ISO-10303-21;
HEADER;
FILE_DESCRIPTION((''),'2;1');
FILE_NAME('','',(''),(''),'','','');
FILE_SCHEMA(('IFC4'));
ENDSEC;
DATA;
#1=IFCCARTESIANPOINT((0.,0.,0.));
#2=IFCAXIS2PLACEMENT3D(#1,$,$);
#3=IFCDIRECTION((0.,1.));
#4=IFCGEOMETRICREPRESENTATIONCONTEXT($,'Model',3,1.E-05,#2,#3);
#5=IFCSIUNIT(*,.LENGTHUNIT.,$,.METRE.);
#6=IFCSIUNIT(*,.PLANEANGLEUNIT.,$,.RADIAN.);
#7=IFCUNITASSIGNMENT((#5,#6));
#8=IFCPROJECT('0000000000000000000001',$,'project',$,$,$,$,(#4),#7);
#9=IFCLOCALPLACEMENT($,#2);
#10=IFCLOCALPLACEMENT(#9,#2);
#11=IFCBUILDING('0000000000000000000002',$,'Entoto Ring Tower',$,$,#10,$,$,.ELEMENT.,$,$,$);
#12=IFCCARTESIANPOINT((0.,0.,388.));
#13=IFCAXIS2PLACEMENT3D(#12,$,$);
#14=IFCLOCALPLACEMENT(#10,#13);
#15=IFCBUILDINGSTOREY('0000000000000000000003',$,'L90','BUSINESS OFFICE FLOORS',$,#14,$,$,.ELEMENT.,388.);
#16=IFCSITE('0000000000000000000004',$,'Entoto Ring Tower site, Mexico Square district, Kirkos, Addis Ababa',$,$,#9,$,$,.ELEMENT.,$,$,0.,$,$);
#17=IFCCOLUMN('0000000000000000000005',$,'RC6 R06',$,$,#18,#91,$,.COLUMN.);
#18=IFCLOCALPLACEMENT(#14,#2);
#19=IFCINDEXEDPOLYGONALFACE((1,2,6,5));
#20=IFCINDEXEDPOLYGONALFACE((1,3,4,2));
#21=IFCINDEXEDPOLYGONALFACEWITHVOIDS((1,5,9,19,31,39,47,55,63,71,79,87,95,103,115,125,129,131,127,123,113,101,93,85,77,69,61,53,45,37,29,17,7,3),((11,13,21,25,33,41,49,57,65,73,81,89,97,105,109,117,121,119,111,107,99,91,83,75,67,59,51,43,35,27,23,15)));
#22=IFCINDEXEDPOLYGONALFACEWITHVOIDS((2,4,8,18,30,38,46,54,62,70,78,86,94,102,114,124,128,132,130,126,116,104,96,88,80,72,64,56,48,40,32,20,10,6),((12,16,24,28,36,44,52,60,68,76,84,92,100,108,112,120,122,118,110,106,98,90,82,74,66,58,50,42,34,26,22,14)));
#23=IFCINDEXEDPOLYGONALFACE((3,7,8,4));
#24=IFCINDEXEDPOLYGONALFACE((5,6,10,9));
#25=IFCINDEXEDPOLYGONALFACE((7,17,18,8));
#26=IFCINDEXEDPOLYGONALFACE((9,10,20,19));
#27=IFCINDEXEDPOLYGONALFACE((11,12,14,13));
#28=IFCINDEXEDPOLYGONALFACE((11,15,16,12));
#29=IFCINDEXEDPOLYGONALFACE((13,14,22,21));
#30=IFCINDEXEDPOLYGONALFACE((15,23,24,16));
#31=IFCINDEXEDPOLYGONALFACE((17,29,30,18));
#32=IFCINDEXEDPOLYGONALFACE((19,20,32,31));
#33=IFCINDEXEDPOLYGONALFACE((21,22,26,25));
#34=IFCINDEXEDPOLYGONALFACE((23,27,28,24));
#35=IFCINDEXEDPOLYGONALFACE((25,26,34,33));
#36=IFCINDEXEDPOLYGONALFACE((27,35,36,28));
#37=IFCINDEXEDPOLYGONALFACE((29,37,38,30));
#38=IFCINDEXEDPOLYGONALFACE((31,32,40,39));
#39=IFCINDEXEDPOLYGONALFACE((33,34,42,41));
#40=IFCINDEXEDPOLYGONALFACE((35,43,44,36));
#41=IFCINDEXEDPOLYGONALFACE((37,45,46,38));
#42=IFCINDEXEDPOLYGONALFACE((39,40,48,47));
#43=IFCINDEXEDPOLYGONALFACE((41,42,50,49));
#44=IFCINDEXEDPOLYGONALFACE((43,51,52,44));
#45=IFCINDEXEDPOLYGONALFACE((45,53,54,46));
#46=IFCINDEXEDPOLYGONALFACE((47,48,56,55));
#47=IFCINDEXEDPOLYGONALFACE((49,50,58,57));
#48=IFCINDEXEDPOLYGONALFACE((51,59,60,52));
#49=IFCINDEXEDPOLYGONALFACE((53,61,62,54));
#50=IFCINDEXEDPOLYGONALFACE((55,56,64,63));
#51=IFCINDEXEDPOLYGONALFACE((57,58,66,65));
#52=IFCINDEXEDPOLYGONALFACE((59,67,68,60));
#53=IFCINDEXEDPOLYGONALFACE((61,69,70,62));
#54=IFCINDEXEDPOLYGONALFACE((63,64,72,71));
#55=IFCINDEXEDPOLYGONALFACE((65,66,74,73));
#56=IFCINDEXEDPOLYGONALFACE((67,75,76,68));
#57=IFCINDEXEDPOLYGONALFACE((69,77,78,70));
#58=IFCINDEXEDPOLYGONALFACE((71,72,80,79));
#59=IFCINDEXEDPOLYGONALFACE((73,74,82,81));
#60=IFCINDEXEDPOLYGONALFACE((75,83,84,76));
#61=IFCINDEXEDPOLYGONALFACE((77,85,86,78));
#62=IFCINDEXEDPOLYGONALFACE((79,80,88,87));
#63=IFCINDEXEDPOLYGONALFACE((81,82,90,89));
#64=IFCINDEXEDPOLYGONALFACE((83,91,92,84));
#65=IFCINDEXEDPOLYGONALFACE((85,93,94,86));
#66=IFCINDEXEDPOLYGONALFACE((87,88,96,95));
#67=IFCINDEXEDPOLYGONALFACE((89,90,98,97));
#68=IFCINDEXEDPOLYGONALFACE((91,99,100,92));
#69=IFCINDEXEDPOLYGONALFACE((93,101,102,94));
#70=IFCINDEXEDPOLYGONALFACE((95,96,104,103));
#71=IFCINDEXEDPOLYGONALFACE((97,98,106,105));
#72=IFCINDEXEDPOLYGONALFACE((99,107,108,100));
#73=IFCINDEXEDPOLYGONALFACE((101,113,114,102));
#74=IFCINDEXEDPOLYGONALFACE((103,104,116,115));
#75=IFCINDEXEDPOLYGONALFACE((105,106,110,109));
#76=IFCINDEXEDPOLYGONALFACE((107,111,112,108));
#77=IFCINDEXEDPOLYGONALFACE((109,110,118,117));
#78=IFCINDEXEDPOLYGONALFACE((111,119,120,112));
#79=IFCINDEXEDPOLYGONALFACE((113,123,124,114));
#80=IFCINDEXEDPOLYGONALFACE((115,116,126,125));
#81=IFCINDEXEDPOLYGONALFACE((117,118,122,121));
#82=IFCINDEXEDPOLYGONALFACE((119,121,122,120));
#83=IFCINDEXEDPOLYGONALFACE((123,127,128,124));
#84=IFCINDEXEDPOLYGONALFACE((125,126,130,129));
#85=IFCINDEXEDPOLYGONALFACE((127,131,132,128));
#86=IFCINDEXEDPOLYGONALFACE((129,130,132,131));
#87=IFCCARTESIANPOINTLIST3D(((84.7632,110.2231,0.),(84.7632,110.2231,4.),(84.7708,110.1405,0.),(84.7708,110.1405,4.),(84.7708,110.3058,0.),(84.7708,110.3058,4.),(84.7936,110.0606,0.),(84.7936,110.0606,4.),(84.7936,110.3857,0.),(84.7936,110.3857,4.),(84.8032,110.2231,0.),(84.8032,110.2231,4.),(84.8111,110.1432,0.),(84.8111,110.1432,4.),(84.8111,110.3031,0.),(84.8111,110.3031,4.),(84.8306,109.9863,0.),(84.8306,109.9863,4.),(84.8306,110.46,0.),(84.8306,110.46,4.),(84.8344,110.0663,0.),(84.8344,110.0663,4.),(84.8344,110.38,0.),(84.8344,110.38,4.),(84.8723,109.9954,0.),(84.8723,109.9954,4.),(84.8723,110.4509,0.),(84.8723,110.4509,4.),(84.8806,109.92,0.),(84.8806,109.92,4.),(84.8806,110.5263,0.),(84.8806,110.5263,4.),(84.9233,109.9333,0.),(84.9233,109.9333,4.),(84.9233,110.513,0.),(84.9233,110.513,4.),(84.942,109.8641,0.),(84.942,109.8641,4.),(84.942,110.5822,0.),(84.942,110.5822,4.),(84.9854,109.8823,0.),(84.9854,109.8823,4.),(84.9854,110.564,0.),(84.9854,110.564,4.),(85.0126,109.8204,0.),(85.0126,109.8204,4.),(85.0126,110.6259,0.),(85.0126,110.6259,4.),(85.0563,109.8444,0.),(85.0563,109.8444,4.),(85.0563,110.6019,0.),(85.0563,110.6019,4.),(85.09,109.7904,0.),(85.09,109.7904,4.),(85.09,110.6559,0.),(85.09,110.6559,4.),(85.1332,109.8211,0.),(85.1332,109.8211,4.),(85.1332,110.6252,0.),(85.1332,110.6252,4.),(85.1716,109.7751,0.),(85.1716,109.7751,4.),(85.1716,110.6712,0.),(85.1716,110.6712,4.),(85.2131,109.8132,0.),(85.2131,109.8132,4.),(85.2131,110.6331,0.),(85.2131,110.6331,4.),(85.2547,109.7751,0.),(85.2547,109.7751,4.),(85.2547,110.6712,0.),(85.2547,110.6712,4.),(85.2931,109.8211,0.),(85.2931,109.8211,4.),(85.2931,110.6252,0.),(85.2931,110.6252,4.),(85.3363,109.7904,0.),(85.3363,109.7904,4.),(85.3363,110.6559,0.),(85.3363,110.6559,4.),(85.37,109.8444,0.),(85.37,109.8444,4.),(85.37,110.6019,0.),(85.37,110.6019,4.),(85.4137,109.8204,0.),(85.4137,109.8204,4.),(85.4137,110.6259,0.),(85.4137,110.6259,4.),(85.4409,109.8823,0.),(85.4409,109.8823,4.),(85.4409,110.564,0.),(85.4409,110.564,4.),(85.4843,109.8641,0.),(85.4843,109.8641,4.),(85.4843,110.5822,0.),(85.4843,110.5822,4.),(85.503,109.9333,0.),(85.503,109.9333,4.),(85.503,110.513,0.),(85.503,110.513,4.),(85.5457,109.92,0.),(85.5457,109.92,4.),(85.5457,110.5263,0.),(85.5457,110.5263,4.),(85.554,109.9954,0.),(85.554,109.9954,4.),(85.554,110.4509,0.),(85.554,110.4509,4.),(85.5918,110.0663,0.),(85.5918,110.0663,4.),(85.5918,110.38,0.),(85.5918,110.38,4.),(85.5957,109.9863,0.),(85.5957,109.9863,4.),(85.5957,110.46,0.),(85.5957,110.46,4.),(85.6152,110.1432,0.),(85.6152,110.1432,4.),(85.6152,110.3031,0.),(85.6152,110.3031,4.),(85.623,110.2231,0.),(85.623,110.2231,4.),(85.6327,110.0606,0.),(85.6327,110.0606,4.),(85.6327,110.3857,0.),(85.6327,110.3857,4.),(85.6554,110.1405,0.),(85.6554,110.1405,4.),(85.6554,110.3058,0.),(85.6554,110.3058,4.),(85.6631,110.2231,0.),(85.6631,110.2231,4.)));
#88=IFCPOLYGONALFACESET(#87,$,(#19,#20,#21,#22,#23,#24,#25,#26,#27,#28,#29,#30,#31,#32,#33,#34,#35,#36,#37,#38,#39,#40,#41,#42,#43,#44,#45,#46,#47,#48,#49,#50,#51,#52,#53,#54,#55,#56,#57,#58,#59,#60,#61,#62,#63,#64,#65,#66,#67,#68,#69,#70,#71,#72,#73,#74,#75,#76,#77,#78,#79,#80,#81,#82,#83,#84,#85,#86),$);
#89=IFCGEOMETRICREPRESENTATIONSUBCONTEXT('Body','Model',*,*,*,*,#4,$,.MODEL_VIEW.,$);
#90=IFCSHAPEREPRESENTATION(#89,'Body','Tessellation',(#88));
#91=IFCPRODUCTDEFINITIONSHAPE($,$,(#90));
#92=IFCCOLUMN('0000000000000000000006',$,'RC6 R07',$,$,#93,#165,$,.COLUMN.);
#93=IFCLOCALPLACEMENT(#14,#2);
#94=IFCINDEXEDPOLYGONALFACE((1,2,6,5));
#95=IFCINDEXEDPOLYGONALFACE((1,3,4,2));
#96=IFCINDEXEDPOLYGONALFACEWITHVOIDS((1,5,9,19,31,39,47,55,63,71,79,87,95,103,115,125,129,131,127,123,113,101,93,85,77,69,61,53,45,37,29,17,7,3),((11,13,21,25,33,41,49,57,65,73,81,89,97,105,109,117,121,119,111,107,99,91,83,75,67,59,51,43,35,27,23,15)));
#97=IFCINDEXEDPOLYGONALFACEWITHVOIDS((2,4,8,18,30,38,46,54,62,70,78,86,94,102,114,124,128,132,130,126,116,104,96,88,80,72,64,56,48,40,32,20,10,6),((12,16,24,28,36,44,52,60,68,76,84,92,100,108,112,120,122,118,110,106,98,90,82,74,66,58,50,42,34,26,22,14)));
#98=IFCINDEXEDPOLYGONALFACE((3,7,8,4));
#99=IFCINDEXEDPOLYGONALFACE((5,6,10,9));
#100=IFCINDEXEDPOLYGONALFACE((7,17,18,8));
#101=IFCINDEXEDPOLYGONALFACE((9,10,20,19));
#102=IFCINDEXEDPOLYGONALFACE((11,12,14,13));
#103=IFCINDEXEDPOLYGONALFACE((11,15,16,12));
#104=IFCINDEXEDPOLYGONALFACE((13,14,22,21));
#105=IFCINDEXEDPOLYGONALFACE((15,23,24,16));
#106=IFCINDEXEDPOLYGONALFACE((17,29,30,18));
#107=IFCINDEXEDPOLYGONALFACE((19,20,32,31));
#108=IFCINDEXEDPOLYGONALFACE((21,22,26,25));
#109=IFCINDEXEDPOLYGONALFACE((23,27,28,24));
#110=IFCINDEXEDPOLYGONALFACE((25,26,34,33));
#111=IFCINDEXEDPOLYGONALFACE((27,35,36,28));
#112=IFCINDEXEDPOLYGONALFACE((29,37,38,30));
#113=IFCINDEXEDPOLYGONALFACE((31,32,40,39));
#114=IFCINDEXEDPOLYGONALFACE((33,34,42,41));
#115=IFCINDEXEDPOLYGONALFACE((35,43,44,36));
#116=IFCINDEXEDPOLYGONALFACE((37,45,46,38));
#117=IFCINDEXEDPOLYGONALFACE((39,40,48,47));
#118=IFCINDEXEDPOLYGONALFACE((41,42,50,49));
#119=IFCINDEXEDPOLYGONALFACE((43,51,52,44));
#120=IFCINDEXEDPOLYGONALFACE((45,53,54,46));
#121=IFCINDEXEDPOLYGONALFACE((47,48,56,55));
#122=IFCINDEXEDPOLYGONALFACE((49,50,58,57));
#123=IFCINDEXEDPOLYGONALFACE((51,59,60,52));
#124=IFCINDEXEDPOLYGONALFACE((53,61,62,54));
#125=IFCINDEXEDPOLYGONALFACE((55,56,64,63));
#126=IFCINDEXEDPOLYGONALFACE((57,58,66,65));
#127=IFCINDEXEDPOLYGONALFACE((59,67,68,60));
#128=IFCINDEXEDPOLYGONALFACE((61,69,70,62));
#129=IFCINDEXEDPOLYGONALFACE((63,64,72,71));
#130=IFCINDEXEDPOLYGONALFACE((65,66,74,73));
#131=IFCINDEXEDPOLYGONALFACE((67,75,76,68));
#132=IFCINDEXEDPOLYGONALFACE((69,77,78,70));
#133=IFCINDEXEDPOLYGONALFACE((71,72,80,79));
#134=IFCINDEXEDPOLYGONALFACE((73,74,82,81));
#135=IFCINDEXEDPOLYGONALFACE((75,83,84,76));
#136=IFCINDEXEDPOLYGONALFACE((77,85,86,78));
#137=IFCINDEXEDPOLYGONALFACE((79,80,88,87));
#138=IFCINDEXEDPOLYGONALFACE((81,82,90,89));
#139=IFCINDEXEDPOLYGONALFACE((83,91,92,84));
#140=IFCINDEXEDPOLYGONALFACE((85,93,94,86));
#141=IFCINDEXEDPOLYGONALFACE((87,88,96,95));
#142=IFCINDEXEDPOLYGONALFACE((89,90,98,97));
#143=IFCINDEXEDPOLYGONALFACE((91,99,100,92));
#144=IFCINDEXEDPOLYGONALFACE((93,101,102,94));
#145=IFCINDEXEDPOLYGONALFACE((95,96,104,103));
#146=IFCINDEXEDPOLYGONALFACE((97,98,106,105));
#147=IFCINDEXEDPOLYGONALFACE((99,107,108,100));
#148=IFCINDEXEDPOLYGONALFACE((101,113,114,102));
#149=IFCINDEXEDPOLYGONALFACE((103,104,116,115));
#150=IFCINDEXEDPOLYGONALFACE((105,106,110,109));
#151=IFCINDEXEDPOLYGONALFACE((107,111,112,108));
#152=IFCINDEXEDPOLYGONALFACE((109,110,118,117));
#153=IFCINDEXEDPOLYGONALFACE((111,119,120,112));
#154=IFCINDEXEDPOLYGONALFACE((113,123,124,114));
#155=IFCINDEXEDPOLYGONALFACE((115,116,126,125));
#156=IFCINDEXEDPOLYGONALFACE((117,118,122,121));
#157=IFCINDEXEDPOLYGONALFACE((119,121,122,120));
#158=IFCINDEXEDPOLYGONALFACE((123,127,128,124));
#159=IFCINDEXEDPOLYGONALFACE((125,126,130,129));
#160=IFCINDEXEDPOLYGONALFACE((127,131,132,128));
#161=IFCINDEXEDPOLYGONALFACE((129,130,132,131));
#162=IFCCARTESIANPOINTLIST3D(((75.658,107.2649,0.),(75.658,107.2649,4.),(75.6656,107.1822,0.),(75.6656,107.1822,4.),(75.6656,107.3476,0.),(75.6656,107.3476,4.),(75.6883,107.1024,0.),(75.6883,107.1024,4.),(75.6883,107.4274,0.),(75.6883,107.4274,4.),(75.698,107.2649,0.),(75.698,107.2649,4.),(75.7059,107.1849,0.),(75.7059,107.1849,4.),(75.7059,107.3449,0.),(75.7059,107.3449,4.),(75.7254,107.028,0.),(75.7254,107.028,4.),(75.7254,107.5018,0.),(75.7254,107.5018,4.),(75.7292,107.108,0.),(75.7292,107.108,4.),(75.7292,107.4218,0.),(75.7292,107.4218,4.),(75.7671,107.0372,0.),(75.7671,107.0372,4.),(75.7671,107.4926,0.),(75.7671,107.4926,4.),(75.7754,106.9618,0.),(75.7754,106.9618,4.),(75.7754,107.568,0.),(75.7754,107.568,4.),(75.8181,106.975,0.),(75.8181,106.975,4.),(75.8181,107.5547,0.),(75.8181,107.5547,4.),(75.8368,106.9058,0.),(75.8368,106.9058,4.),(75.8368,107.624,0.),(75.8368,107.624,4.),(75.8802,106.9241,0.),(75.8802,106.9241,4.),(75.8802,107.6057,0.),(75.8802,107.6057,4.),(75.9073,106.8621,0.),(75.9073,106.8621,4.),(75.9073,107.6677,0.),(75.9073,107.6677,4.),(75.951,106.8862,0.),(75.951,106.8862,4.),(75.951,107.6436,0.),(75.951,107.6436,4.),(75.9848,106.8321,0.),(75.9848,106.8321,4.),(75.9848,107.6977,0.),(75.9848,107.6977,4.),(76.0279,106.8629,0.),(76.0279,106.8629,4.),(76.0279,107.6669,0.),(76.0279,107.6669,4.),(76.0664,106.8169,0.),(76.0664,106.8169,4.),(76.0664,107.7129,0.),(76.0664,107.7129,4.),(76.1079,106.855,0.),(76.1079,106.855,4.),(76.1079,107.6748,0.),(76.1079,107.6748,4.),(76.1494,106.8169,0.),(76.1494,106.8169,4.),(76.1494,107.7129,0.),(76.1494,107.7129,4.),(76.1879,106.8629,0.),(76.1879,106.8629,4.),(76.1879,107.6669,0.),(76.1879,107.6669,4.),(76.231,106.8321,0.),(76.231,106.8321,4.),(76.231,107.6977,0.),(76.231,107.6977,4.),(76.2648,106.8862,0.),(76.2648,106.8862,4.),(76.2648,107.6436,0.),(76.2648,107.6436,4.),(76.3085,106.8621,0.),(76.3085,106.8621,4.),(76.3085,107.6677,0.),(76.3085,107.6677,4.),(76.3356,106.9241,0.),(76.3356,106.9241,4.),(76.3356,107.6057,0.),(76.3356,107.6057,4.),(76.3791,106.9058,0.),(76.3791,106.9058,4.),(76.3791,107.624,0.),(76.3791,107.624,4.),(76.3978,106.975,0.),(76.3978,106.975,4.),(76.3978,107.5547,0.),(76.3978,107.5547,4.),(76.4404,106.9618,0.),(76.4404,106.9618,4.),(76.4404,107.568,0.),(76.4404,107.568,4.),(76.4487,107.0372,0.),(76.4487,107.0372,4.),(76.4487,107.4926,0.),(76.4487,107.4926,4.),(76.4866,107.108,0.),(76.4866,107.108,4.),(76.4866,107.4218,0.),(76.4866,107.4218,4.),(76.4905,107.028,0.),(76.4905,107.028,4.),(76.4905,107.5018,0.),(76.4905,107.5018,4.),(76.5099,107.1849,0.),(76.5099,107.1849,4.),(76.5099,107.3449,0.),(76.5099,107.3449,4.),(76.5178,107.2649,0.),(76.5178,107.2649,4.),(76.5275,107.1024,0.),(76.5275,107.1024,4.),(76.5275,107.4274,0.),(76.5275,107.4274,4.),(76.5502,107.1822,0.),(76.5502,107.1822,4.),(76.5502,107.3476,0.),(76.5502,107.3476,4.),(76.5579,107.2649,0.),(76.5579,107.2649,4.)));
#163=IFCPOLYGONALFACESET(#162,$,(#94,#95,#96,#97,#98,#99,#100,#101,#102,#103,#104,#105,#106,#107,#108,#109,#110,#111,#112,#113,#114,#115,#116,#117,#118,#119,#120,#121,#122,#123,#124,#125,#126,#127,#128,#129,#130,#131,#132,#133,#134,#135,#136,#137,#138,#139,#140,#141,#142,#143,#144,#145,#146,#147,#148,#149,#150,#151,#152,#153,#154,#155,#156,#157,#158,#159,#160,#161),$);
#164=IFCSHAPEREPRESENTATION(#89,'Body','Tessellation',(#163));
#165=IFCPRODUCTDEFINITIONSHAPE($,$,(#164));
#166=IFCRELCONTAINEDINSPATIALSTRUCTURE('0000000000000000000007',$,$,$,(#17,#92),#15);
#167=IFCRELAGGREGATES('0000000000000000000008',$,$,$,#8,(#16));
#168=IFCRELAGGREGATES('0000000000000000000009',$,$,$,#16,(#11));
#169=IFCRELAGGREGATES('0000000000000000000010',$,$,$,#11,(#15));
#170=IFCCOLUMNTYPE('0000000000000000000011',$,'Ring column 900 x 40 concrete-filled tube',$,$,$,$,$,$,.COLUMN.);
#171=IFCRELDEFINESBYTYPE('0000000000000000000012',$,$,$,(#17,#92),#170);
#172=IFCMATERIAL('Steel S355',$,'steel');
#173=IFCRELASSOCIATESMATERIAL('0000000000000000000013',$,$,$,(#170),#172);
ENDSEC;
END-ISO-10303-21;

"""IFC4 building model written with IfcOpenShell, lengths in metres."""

from ifc_helpers import new_model, si_unit, direction, frame, origin, origin_2d, place, context, subcontext, project, spatial, circle, hollow_circle, extrude, material, material_profile, profile_set, type_object, element, save


model = new_model("IFC4")

# Units and contexts
model_context = context("Model", 3, precision=1e-05, world=origin(), true_north=direction((0.0, 1.0)))
body_context = subcontext(model_context, "Body", "Model", "MODEL_VIEW")
ifc_project = project(units=[si_unit("LENGTHUNIT", "METRE"), si_unit("PLANEANGLEUNIT", "RADIAN")], contexts=[model_context])

# Site, building, storey
site_placement = place(None, origin())
site = spatial("IfcSite", under=ifc_project, at=site_placement, Name="Entoto Ring Tower site, Mexico Square district, Kirkos, Addis Ababa", CompositionType="ELEMENT", RefElevation=0.0)
building_placement = place(site_placement, origin())
building = spatial("IfcBuilding", under=site, at=building_placement, Name="Entoto Ring Tower", CompositionType="ELEMENT")
storey_placement = place(building_placement, frame((0.0, 0.0, 388.0)))
storey = spatial("IfcBuildingStorey", under=building, at=storey_placement, Name="L90", Description="BUSINESS OFFICE FLOORS", CompositionType="ELEMENT", Elevation=388.0)

# Columns
ifc_material_1 = material(Name="Steel S355", Category="steel")
ifc_material_profile_1 = material_profile(ifc_material_1, hollow_circle(Radius=0.45, WallThickness=0.04, at=origin_2d()), Name="CHS 900 x 40")
ifc_material_2 = material(Name="Concrete C60/75", Category="concrete")
ifc_material_profile_2 = material_profile(ifc_material_2, circle(Radius=0.4099, at=origin_2d()), Name="Concrete C60/75 infill")
ifc_profile_set_1 = profile_set([ifc_material_profile_1, ifc_material_profile_2], Name="Steel S355")
column_type = type_object("IfcColumnType", Name="Ring column 900 x 40 concrete-filled tube", PredefinedType="COLUMN", material=ifc_profile_set_1)
for number, where, z_axis, x_axis, name in (
    (1, (85.2131, 110.2231, 0.0), (0.0, 0.0, 1.0), (1.0, 0.0, 0.0), "RC6 R06"),
    (2, (76.1079, 107.2649, 0.0), (0.0, 0.0, 1.0), (1.0, 0.0, 0.0), "RC6 R07"),
):
    element("IfcColumn", number, at=place(storey_placement, frame(where, z_axis=z_axis, x_axis=x_axis)), inside=storey, type_object=column_type, Name=name, PredefinedType="COLUMN", context=body_context, shape_type="SweptSolid", body=[
        extrude(hollow_circle(Radius=0.45, WallThickness=0.04, at=origin_2d()), origin(), (0.0, 0.0, 1.0), 4.0),
    ])

save(model, "model.ifc")
